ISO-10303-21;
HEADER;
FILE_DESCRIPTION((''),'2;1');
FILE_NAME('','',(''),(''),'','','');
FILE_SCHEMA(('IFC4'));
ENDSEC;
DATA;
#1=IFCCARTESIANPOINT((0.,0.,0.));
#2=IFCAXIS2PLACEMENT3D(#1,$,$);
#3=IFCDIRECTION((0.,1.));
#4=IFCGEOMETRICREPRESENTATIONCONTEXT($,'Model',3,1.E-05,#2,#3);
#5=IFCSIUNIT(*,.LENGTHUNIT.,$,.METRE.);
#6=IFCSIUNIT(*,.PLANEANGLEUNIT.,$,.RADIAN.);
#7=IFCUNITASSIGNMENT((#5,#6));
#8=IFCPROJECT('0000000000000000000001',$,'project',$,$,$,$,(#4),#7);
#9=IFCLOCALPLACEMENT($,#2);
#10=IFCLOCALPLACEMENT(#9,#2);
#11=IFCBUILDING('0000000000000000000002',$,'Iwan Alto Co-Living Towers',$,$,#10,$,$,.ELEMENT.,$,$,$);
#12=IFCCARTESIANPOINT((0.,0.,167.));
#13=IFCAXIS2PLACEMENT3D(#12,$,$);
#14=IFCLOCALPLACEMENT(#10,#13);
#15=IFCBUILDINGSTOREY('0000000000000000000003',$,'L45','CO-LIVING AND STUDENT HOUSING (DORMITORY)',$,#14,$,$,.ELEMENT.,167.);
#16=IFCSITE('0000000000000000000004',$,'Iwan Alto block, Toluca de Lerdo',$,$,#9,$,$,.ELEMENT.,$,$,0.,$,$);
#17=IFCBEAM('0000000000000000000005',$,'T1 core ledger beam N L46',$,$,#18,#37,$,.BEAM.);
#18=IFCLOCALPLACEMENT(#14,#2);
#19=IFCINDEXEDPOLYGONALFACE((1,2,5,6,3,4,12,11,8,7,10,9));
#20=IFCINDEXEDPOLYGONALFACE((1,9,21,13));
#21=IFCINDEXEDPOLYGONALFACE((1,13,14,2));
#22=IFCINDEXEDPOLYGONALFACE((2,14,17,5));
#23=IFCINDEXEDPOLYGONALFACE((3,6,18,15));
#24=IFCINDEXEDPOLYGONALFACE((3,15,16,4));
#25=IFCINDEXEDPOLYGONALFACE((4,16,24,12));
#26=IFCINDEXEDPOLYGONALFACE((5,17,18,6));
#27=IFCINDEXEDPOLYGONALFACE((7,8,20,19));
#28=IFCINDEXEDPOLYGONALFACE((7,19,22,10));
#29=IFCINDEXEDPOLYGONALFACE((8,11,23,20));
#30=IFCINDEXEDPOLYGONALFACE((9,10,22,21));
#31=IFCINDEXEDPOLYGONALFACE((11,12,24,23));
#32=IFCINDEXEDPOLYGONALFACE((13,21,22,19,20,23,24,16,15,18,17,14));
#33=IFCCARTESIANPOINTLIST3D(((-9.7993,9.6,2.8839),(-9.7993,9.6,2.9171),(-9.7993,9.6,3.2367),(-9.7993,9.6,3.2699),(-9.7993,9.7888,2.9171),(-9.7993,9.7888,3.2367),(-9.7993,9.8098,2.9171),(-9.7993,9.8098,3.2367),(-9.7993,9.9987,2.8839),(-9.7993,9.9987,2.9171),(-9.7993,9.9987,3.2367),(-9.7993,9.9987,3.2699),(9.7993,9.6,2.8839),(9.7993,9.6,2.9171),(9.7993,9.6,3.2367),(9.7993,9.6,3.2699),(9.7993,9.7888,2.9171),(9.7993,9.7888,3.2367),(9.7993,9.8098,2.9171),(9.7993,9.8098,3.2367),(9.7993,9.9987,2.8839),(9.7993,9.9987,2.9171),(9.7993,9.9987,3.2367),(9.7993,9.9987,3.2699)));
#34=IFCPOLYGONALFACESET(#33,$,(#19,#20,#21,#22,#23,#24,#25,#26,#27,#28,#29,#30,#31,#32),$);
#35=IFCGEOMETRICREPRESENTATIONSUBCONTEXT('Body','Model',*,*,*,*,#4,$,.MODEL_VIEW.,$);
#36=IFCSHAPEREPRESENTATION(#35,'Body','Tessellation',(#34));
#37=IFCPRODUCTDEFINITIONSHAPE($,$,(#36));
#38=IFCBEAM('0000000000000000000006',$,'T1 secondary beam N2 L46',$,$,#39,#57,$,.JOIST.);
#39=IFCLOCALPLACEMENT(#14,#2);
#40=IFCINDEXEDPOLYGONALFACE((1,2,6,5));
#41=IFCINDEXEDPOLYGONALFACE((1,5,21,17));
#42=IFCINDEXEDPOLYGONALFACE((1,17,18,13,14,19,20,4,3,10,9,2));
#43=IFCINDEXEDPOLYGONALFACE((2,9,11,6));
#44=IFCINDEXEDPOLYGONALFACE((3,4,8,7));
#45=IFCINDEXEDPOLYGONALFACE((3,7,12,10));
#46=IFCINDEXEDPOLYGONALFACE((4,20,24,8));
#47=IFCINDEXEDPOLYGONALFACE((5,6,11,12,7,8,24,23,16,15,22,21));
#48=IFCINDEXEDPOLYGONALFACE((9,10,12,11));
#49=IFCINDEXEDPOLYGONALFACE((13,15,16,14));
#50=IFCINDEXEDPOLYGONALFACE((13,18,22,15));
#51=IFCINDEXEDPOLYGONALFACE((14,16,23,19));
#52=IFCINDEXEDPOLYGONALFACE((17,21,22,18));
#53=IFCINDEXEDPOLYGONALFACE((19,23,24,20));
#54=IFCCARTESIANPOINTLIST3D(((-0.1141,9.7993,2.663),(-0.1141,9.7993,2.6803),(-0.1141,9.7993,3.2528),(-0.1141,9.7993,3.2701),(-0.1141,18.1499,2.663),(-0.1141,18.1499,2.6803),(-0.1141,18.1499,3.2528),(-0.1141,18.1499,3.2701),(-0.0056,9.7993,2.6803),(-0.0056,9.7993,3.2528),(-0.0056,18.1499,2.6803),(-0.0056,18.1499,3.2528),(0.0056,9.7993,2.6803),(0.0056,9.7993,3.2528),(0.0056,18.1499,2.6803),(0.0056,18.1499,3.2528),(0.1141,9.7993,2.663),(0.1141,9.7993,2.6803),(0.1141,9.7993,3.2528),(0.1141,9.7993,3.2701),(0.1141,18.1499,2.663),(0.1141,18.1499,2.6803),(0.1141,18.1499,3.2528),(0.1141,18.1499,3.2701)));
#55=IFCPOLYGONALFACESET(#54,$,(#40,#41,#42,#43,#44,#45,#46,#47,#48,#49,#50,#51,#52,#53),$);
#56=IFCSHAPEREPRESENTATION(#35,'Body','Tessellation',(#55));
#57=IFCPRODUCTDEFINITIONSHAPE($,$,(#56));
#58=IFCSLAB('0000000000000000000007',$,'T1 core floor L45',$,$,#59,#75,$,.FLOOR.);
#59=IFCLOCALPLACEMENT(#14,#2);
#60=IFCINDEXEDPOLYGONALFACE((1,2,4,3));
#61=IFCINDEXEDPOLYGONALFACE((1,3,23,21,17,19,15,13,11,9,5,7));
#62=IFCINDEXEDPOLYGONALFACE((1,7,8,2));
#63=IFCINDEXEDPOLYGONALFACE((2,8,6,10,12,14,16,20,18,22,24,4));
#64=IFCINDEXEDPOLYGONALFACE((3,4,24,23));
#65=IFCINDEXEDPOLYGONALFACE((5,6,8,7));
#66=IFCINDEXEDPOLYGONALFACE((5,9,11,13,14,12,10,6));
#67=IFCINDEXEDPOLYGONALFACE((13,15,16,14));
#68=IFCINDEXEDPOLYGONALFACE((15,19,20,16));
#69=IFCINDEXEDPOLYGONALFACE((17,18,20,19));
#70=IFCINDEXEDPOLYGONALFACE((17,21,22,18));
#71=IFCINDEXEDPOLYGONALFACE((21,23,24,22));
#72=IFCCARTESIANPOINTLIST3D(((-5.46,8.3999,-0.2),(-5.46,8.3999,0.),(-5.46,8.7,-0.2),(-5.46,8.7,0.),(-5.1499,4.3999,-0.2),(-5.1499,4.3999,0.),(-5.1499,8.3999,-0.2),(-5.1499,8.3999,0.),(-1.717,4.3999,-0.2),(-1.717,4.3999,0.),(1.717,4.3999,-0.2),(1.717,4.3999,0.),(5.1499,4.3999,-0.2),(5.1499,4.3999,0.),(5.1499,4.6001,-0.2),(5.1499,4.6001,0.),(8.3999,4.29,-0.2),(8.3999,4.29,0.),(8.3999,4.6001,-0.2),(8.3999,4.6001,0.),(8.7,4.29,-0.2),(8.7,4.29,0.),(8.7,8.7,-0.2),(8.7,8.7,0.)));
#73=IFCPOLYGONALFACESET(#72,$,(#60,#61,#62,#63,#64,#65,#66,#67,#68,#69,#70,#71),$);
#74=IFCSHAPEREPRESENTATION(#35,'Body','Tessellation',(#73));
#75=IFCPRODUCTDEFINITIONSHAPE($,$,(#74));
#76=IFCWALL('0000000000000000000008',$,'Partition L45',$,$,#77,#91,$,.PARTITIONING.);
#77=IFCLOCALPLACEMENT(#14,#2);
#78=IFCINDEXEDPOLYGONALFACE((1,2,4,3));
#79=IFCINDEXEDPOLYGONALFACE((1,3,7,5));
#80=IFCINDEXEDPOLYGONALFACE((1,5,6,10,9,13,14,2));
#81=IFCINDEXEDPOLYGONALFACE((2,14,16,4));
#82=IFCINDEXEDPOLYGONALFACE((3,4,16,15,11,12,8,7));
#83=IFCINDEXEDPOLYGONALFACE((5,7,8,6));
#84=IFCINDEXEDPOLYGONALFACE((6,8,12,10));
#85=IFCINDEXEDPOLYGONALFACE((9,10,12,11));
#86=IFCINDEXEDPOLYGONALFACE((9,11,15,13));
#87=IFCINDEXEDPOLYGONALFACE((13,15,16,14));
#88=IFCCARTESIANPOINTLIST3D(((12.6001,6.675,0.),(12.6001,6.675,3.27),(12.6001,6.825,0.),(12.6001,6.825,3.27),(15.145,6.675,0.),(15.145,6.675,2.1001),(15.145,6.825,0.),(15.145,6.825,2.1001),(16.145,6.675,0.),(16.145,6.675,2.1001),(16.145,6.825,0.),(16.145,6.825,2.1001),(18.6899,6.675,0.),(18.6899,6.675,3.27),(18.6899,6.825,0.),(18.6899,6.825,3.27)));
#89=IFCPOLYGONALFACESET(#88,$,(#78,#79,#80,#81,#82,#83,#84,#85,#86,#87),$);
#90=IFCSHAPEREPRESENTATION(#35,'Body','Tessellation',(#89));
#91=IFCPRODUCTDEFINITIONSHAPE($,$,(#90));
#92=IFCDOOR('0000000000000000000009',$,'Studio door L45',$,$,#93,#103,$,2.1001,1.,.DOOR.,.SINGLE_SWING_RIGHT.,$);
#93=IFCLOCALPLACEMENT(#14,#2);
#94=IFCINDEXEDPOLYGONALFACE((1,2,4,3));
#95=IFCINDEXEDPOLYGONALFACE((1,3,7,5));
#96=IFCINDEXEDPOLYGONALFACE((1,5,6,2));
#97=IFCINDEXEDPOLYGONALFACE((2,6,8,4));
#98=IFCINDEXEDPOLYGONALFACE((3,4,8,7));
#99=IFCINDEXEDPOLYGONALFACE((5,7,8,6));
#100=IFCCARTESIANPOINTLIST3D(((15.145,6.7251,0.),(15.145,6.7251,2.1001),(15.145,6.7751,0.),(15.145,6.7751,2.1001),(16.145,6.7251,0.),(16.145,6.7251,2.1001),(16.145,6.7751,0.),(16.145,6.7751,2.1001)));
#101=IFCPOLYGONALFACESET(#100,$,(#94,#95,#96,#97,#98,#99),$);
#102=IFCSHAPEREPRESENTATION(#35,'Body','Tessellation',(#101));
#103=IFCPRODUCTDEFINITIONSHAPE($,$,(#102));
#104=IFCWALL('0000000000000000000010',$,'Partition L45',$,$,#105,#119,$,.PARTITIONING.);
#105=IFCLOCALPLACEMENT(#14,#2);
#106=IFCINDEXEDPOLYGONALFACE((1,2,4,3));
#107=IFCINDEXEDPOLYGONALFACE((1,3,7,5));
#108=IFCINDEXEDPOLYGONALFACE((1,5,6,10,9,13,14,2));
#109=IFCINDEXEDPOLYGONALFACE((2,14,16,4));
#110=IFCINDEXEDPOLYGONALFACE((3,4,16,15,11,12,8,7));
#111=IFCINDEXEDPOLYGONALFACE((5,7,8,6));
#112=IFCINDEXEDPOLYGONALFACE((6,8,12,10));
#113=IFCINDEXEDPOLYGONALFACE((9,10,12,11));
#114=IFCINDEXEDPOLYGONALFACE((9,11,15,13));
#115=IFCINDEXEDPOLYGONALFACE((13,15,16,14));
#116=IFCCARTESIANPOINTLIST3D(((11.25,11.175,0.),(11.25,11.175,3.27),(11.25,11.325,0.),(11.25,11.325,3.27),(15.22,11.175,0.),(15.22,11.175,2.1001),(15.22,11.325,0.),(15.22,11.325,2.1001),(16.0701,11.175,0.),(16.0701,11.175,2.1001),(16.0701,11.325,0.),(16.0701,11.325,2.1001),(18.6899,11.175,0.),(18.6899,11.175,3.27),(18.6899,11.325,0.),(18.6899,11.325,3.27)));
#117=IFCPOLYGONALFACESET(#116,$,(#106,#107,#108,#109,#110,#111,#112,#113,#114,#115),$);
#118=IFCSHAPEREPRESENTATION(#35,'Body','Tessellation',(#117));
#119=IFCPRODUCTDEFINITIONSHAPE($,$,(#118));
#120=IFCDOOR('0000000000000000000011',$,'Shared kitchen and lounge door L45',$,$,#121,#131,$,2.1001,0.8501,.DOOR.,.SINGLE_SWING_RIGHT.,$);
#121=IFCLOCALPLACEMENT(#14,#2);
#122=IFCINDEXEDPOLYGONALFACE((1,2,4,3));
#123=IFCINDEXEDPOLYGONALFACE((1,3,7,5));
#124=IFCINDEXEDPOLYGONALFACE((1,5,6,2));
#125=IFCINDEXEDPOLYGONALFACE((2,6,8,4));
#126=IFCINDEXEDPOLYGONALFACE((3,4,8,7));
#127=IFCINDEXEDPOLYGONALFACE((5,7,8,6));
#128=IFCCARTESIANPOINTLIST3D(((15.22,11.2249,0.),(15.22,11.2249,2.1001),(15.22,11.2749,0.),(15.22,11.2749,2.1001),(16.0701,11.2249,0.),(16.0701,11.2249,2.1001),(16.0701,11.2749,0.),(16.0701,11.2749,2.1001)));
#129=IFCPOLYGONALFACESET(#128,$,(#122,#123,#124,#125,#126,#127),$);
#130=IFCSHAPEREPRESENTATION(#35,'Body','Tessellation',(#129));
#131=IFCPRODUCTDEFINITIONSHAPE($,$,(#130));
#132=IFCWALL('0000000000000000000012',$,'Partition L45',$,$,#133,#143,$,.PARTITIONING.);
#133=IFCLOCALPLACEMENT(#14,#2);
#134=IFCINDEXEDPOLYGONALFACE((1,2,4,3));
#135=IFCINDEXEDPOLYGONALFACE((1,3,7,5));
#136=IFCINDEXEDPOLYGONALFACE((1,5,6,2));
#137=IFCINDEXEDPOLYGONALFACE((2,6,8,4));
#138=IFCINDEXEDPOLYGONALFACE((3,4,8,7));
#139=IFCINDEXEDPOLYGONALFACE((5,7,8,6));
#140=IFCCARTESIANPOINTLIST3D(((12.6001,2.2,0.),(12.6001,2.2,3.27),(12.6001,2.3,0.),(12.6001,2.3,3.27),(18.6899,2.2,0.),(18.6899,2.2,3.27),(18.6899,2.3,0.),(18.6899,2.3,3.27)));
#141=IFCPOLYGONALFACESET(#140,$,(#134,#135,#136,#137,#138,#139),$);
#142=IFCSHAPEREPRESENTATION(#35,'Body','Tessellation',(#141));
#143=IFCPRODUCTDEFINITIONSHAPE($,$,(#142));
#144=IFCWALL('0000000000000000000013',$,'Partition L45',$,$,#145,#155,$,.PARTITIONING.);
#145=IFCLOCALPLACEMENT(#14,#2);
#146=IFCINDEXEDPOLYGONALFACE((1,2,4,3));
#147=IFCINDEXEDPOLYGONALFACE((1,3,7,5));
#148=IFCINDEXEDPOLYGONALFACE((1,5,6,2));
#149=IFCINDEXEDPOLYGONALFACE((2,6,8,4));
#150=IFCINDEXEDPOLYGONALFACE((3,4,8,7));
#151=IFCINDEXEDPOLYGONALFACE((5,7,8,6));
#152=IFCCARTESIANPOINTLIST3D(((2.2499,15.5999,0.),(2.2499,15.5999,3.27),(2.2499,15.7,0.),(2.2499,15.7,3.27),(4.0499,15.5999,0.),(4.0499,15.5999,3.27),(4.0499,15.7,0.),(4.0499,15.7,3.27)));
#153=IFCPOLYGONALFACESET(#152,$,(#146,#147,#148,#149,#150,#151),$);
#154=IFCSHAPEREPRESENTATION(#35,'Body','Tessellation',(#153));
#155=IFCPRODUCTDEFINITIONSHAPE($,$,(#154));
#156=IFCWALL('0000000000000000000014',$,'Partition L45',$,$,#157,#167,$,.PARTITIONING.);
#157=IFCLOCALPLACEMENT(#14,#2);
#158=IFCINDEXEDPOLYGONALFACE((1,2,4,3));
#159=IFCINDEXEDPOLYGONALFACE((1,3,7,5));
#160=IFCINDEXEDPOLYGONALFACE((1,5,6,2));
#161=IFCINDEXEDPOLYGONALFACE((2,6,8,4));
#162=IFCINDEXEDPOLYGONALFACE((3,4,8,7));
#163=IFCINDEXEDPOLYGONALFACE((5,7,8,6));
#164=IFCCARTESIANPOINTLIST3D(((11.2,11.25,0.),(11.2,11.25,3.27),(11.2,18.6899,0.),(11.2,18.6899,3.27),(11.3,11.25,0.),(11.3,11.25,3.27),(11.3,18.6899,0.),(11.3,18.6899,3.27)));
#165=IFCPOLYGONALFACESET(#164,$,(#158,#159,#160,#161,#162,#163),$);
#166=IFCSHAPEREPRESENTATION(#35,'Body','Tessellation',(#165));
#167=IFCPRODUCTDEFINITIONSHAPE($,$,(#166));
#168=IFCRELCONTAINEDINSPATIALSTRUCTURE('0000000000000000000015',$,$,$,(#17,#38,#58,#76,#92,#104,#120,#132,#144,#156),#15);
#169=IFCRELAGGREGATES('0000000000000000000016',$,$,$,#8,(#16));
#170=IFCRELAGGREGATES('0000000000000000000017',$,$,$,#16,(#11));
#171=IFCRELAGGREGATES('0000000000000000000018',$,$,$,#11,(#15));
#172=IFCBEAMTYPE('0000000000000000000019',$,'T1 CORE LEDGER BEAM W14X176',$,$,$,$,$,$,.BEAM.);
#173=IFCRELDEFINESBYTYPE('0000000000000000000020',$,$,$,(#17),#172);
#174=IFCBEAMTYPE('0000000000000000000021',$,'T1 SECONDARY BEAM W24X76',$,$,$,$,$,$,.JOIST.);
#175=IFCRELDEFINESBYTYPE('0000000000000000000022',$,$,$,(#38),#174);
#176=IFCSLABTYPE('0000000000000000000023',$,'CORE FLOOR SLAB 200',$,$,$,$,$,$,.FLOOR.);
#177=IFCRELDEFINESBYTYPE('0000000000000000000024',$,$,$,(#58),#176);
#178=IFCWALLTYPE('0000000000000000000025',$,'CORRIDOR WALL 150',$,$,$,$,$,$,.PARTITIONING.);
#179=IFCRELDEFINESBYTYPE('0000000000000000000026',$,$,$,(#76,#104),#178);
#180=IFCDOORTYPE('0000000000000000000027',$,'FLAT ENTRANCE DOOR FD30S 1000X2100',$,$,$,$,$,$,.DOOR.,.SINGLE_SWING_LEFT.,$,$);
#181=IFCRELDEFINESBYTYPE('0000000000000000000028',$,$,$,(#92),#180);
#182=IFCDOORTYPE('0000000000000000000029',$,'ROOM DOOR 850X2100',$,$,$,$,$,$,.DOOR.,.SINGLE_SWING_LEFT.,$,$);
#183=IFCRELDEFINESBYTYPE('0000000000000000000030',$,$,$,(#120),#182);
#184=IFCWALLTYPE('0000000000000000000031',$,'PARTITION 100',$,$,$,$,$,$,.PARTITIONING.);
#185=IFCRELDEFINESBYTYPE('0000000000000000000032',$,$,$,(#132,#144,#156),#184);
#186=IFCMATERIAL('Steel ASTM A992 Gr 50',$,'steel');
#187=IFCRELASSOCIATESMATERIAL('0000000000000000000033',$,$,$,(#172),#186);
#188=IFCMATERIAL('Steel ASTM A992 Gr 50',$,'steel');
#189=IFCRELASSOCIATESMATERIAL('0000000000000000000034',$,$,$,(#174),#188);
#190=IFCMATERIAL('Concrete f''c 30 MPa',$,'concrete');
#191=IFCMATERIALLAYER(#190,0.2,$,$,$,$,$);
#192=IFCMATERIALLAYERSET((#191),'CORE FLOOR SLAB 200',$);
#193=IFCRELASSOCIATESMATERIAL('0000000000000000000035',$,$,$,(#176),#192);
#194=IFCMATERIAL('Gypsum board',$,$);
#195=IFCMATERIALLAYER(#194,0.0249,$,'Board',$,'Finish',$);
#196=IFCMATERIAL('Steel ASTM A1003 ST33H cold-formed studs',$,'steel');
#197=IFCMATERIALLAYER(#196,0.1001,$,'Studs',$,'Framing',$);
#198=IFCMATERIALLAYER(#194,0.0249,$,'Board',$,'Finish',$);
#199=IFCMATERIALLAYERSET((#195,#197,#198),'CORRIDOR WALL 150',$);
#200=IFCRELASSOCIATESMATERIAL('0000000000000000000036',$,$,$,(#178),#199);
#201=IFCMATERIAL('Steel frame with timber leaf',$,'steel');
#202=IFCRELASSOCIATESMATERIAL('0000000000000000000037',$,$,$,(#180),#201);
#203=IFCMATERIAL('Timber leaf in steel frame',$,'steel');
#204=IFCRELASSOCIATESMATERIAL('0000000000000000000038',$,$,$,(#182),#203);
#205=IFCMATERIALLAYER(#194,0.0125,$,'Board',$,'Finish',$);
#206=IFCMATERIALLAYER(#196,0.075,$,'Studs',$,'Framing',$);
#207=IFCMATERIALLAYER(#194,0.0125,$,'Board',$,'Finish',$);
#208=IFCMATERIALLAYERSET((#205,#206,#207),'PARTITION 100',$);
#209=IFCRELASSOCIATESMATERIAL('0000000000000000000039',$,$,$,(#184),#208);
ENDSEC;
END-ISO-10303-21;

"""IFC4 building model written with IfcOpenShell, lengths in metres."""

from ifc_helpers import new_model, si_unit, direction, frame, frame_2d, origin, origin_2d, place, context, subcontext, project, spatial, polyline, rectangle, i_section, outline, extrude, material, layer, layer_set, material_profile, profile_set, type_object, element, fill, save


model = new_model("IFC4")

# Units and contexts
model_context = context("Model", 3, precision=1e-05, world=origin(), true_north=direction((0.0, 1.0)))
body_context = subcontext(model_context, "Body", "Model", "MODEL_VIEW")
ifc_project = project(units=[si_unit("LENGTHUNIT", "METRE"), si_unit("PLANEANGLEUNIT", "RADIAN")], contexts=[model_context])

# Site, building, storey
site_placement = place(None, origin())
site = spatial("IfcSite", under=ifc_project, at=site_placement, Name="Iwan Alto block, Toluca de Lerdo", CompositionType="ELEMENT", RefElevation=0.0)
building_placement = place(site_placement, origin())
building = spatial("IfcBuilding", under=site, at=building_placement, Name="Iwan Alto Co-Living Towers", CompositionType="ELEMENT")
storey_placement = place(building_placement, frame((0.0, 0.0, 167.0)))
storey = spatial("IfcBuildingStorey", under=building, at=storey_placement, Name="L45", Description="CO-LIVING AND STUDENT HOUSING (DORMITORY)", CompositionType="ELEMENT", Elevation=167.0)

# Beams
ifc_material_1 = material(Name="Steel ASTM A992 Gr 50", Category="steel")
ifc_material_profile_1 = material_profile(ifc_material_1, i_section(OverallWidth=0.3987, OverallDepth=0.386, WebThickness=0.021, FlangeThickness=0.0332, at=origin_2d()), Name="W14X176")
ifc_profile_set_1 = profile_set([ifc_material_profile_1], Name="Steel ASTM A992 Gr 50")
beam_type_1 = type_object("IfcBeamType", Name="T1 CORE LEDGER BEAM W14X176", PredefinedType="BEAM", material=ifc_profile_set_1)
beam_1_placement = place(storey_placement, frame((9.7993, 9.7993, 3.0769), z_axis=(-1.0, 0.0, 0.0), x_axis=(0.0, -1.0, 0.0)))
element("IfcBeam", 1, at=beam_1_placement, inside=storey, type_object=beam_type_1, Name="T1 core ledger beam N L46", PredefinedType="BEAM", context=body_context, shape_type="SweptSolid", body=[
    extrude(i_section(OverallWidth=0.3987, OverallDepth=0.386, WebThickness=0.021, FlangeThickness=0.0332, at=origin_2d()), origin(), (0.0, 0.0, 1.0), 19.5986),
])
ifc_material_2 = material(Name="Steel ASTM A992 Gr 50", Category="steel")
ifc_material_profile_2 = material_profile(ifc_material_2, i_section(OverallWidth=0.2283, OverallDepth=0.6072, WebThickness=0.0112, FlangeThickness=0.0173, at=origin_2d()), Name="W24X76")
ifc_profile_set_2 = profile_set([ifc_material_profile_2], Name="Steel ASTM A992 Gr 50")
beam_type_2 = type_object("IfcBeamType", Name="T1 SECONDARY BEAM W24X76", PredefinedType="JOIST", material=ifc_profile_set_2)
beam_2_placement = place(storey_placement, frame((0.0, 18.1499, 2.9666), z_axis=(0.0, -1.0, 0.0), x_axis=(1.0, 0.0, 0.0)))
element("IfcBeam", 2, at=beam_2_placement, inside=storey, type_object=beam_type_2, Name="T1 secondary beam N2 L46", PredefinedType="JOIST", context=body_context, shape_type="SweptSolid", body=[
    extrude(i_section(OverallWidth=0.2283, OverallDepth=0.6072, WebThickness=0.0112, FlangeThickness=0.0173, at=origin_2d()), origin(), (0.0, 0.0, 1.0), 8.3506),
])

# Slab
ifc_material_3 = material(Name="Concrete f'c 30 MPa", Category="concrete")
ifc_layer_1 = layer(ifc_material_3, 0.2)
ifc_layer_set_1 = layer_set([ifc_layer_1], Name="CORE FLOOR SLAB 200")
slab_type = type_object("IfcSlabType", Name="CORE FLOOR SLAB 200", PredefinedType="FLOOR", material=ifc_layer_set_1)
slab_placement = place(storey_placement, frame((0.0, 0.0, -0.2)))
element("IfcSlab", 3, at=slab_placement, inside=storey, type_object=slab_type, Name="T1 core floor L45", PredefinedType="FLOOR", context=body_context, shape_type="SweptSolid", body=[
    extrude(outline(polyline([(1.717, 4.3999), (-1.717, 4.3999), (-5.1499, 4.3999), (-5.1499, 8.3999), (-5.46, 8.3999), (-5.46, 8.7), (8.7, 8.7), (8.7, 4.29), (8.3999, 4.29), (8.3999, 4.6001), (5.1499, 4.6001), (5.1499, 4.3999), (1.717, 4.3999)])), origin(), (0.0, 0.0, 1.0), 0.2),
])

# Walls, openings, doors
ifc_material_4 = material(Name="Gypsum board")
ifc_layer_2 = layer(ifc_material_4, 0.0249, Name="Board", Category="Finish")
ifc_material_5 = material(Name="Steel ASTM A1003 ST33H cold-formed studs", Category="steel")
ifc_layer_3 = layer(ifc_material_5, 0.1001, Name="Studs", Category="Framing")
ifc_layer_4 = layer(ifc_material_4, 0.0249, Name="Board", Category="Finish")
ifc_layer_set_2 = layer_set([ifc_layer_2, ifc_layer_3, ifc_layer_4], Name="CORRIDOR WALL 150")
wall_type_1 = type_object("IfcWallType", Name="CORRIDOR WALL 150", PredefinedType="PARTITIONING", material=ifc_layer_set_2)
wall_1_placement = place(storey_placement, frame((12.6001, 6.75, 0.0), z_axis=(0.0, 0.0, 1.0), x_axis=(1.0, 0.0, 0.0)))
wall_1 = element("IfcWall", 4, at=wall_1_placement, inside=storey, type_object=wall_type_1, Name="Partition L45", PredefinedType="PARTITIONING", context=body_context, shape_type="SweptSolid", body=[
    extrude(rectangle(XDim=6.0898, YDim=0.1499, at=frame_2d((3.0449, 0.0))), origin(), (0.0, 0.0, 1.0), 3.27),
])
opening_1_placement = place(wall_1_placement, frame((2.5449, 0.0, 0.0)))
opening_1 = element("IfcOpeningElement", 5, at=opening_1_placement, cuts=wall_1, PredefinedType="OPENING", context=body_context, shape_type="SweptSolid", body=[
    extrude(rectangle(XDim=1.0, YDim=2.1001, at=frame_2d((0.5, 1.05))), frame((0.0, 0.085, 0.0), z_axis=(0.0, -1.0, 0.0), x_axis=(1.0, 0.0, 0.0)), (0.0, 0.0, 1.0), 0.1699),
])
ifc_material_6 = material(Name="Steel frame with timber leaf", Category="steel")
door_type_1 = type_object("IfcDoorType", Name="FLAT ENTRANCE DOOR FD30S 1000X2100", OperationType="SINGLE_SWING_LEFT", PredefinedType="DOOR", material=ifc_material_6)
door_1_placement = place(opening_1_placement, frame((1.0, 0.0, 0.0), z_axis=(0.0, 0.0, 1.0), x_axis=(-1.0, 0.0, 0.0)))
door_1 = element("IfcDoor", 6, at=door_1_placement, inside=storey, type_object=door_type_1, Name="Studio door L45", OperationType="SINGLE_SWING_RIGHT", OverallHeight=2.1001, OverallWidth=1.0, PredefinedType="DOOR", context=body_context, shape_type="SweptSolid", body=[
    extrude(rectangle(XDim=1.0, YDim=2.1001, at=frame_2d((0.5, 1.05))), frame((0.0, 0.0249, 0.0), z_axis=(0.0, -1.0, 0.0), x_axis=(1.0, 0.0, 0.0)), (0.0, 0.0, 1.0), 0.05),
])
fill(opening_1, door_1)
wall_2_placement = place(storey_placement, frame((11.25, 11.25, 0.0), z_axis=(0.0, 0.0, 1.0), x_axis=(1.0, 0.0, 0.0)))
wall_2 = element("IfcWall", 7, at=wall_2_placement, inside=storey, type_object=wall_type_1, Name="Partition L45", PredefinedType="PARTITIONING", context=body_context, shape_type="SweptSolid", body=[
    extrude(rectangle(XDim=7.4399, YDim=0.1499, at=frame_2d((3.72, 0.0))), origin(), (0.0, 0.0, 1.0), 3.27),
])
opening_2_placement = place(wall_2_placement, frame((3.97, 0.0, 0.0)))
opening_2 = element("IfcOpeningElement", 8, at=opening_2_placement, cuts=wall_2, PredefinedType="OPENING", context=body_context, shape_type="SweptSolid", body=[
    extrude(rectangle(XDim=0.8501, YDim=2.1001, at=frame_2d((0.425, 1.05))), frame((0.0, 0.085, 0.0), z_axis=(0.0, -1.0, 0.0), x_axis=(1.0, 0.0, 0.0)), (0.0, 0.0, 1.0), 0.1699),
])
ifc_material_7 = material(Name="Timber leaf in steel frame", Category="steel")
door_type_2 = type_object("IfcDoorType", Name="ROOM DOOR 850X2100", OperationType="SINGLE_SWING_LEFT", PredefinedType="DOOR", material=ifc_material_7)
door_2_placement = place(opening_2_placement, origin())
door_2 = element("IfcDoor", 9, at=door_2_placement, inside=storey, type_object=door_type_2, Name="Shared kitchen and lounge door L45", OperationType="SINGLE_SWING_RIGHT", OverallHeight=2.1001, OverallWidth=0.8501, PredefinedType="DOOR", context=body_context, shape_type="SweptSolid", body=[
    extrude(rectangle(XDim=0.8501, YDim=2.1001, at=frame_2d((0.425, 1.05))), frame((0.0, 0.0249, 0.0), z_axis=(0.0, -1.0, 0.0), x_axis=(1.0, 0.0, 0.0)), (0.0, 0.0, 1.0), 0.05),
])
fill(opening_2, door_2)

# Walls
ifc_layer_5 = layer(ifc_material_4, 0.0125, Name="Board", Category="Finish")
ifc_layer_6 = layer(ifc_material_5, 0.075, Name="Studs", Category="Framing")
ifc_layer_7 = layer(ifc_material_4, 0.0125, Name="Board", Category="Finish")
ifc_layer_set_3 = layer_set([ifc_layer_5, ifc_layer_6, ifc_layer_7], Name="PARTITION 100")
wall_type_2 = type_object("IfcWallType", Name="PARTITION 100", PredefinedType="PARTITIONING", material=ifc_layer_set_3)
wall_3_placement = place(storey_placement, frame((12.6001, 2.25, 0.0), z_axis=(0.0, 0.0, 1.0), x_axis=(1.0, 0.0, 0.0)))
element("IfcWall", 10, at=wall_3_placement, inside=storey, type_object=wall_type_2, Name="Partition L45", PredefinedType="PARTITIONING", context=body_context, shape_type="SweptSolid", body=[
    extrude(rectangle(XDim=6.0898, YDim=0.1001, at=frame_2d((3.0449, 0.0))), origin(), (0.0, 0.0, 1.0), 3.27),
])
wall_4_placement = place(storey_placement, frame((2.25, 15.6499, 0.0), z_axis=(0.0, 0.0, 1.0), x_axis=(1.0, 0.0, 0.0)))
element("IfcWall", 11, at=wall_4_placement, inside=storey, type_object=wall_type_2, Name="Partition L45", PredefinedType="PARTITIONING", context=body_context, shape_type="SweptSolid", body=[
    extrude(rectangle(XDim=1.8, YDim=0.1001, at=frame_2d((0.8999, 0.0))), origin(), (0.0, 0.0, 1.0), 3.27),
])
wall_5_placement = place(storey_placement, frame((11.25, 11.25, 0.0), z_axis=(0.0, 0.0, 1.0), x_axis=(0.0, 1.0, 0.0)))
element("IfcWall", 12, at=wall_5_placement, inside=storey, type_object=wall_type_2, Name="Partition L45", PredefinedType="PARTITIONING", context=body_context, shape_type="SweptSolid", body=[
    extrude(rectangle(XDim=7.4399, YDim=0.1001, at=frame_2d((3.72, 0.0))), origin(), (0.0, 0.0, 1.0), 3.27),
])

save(model, "model.ifc")
